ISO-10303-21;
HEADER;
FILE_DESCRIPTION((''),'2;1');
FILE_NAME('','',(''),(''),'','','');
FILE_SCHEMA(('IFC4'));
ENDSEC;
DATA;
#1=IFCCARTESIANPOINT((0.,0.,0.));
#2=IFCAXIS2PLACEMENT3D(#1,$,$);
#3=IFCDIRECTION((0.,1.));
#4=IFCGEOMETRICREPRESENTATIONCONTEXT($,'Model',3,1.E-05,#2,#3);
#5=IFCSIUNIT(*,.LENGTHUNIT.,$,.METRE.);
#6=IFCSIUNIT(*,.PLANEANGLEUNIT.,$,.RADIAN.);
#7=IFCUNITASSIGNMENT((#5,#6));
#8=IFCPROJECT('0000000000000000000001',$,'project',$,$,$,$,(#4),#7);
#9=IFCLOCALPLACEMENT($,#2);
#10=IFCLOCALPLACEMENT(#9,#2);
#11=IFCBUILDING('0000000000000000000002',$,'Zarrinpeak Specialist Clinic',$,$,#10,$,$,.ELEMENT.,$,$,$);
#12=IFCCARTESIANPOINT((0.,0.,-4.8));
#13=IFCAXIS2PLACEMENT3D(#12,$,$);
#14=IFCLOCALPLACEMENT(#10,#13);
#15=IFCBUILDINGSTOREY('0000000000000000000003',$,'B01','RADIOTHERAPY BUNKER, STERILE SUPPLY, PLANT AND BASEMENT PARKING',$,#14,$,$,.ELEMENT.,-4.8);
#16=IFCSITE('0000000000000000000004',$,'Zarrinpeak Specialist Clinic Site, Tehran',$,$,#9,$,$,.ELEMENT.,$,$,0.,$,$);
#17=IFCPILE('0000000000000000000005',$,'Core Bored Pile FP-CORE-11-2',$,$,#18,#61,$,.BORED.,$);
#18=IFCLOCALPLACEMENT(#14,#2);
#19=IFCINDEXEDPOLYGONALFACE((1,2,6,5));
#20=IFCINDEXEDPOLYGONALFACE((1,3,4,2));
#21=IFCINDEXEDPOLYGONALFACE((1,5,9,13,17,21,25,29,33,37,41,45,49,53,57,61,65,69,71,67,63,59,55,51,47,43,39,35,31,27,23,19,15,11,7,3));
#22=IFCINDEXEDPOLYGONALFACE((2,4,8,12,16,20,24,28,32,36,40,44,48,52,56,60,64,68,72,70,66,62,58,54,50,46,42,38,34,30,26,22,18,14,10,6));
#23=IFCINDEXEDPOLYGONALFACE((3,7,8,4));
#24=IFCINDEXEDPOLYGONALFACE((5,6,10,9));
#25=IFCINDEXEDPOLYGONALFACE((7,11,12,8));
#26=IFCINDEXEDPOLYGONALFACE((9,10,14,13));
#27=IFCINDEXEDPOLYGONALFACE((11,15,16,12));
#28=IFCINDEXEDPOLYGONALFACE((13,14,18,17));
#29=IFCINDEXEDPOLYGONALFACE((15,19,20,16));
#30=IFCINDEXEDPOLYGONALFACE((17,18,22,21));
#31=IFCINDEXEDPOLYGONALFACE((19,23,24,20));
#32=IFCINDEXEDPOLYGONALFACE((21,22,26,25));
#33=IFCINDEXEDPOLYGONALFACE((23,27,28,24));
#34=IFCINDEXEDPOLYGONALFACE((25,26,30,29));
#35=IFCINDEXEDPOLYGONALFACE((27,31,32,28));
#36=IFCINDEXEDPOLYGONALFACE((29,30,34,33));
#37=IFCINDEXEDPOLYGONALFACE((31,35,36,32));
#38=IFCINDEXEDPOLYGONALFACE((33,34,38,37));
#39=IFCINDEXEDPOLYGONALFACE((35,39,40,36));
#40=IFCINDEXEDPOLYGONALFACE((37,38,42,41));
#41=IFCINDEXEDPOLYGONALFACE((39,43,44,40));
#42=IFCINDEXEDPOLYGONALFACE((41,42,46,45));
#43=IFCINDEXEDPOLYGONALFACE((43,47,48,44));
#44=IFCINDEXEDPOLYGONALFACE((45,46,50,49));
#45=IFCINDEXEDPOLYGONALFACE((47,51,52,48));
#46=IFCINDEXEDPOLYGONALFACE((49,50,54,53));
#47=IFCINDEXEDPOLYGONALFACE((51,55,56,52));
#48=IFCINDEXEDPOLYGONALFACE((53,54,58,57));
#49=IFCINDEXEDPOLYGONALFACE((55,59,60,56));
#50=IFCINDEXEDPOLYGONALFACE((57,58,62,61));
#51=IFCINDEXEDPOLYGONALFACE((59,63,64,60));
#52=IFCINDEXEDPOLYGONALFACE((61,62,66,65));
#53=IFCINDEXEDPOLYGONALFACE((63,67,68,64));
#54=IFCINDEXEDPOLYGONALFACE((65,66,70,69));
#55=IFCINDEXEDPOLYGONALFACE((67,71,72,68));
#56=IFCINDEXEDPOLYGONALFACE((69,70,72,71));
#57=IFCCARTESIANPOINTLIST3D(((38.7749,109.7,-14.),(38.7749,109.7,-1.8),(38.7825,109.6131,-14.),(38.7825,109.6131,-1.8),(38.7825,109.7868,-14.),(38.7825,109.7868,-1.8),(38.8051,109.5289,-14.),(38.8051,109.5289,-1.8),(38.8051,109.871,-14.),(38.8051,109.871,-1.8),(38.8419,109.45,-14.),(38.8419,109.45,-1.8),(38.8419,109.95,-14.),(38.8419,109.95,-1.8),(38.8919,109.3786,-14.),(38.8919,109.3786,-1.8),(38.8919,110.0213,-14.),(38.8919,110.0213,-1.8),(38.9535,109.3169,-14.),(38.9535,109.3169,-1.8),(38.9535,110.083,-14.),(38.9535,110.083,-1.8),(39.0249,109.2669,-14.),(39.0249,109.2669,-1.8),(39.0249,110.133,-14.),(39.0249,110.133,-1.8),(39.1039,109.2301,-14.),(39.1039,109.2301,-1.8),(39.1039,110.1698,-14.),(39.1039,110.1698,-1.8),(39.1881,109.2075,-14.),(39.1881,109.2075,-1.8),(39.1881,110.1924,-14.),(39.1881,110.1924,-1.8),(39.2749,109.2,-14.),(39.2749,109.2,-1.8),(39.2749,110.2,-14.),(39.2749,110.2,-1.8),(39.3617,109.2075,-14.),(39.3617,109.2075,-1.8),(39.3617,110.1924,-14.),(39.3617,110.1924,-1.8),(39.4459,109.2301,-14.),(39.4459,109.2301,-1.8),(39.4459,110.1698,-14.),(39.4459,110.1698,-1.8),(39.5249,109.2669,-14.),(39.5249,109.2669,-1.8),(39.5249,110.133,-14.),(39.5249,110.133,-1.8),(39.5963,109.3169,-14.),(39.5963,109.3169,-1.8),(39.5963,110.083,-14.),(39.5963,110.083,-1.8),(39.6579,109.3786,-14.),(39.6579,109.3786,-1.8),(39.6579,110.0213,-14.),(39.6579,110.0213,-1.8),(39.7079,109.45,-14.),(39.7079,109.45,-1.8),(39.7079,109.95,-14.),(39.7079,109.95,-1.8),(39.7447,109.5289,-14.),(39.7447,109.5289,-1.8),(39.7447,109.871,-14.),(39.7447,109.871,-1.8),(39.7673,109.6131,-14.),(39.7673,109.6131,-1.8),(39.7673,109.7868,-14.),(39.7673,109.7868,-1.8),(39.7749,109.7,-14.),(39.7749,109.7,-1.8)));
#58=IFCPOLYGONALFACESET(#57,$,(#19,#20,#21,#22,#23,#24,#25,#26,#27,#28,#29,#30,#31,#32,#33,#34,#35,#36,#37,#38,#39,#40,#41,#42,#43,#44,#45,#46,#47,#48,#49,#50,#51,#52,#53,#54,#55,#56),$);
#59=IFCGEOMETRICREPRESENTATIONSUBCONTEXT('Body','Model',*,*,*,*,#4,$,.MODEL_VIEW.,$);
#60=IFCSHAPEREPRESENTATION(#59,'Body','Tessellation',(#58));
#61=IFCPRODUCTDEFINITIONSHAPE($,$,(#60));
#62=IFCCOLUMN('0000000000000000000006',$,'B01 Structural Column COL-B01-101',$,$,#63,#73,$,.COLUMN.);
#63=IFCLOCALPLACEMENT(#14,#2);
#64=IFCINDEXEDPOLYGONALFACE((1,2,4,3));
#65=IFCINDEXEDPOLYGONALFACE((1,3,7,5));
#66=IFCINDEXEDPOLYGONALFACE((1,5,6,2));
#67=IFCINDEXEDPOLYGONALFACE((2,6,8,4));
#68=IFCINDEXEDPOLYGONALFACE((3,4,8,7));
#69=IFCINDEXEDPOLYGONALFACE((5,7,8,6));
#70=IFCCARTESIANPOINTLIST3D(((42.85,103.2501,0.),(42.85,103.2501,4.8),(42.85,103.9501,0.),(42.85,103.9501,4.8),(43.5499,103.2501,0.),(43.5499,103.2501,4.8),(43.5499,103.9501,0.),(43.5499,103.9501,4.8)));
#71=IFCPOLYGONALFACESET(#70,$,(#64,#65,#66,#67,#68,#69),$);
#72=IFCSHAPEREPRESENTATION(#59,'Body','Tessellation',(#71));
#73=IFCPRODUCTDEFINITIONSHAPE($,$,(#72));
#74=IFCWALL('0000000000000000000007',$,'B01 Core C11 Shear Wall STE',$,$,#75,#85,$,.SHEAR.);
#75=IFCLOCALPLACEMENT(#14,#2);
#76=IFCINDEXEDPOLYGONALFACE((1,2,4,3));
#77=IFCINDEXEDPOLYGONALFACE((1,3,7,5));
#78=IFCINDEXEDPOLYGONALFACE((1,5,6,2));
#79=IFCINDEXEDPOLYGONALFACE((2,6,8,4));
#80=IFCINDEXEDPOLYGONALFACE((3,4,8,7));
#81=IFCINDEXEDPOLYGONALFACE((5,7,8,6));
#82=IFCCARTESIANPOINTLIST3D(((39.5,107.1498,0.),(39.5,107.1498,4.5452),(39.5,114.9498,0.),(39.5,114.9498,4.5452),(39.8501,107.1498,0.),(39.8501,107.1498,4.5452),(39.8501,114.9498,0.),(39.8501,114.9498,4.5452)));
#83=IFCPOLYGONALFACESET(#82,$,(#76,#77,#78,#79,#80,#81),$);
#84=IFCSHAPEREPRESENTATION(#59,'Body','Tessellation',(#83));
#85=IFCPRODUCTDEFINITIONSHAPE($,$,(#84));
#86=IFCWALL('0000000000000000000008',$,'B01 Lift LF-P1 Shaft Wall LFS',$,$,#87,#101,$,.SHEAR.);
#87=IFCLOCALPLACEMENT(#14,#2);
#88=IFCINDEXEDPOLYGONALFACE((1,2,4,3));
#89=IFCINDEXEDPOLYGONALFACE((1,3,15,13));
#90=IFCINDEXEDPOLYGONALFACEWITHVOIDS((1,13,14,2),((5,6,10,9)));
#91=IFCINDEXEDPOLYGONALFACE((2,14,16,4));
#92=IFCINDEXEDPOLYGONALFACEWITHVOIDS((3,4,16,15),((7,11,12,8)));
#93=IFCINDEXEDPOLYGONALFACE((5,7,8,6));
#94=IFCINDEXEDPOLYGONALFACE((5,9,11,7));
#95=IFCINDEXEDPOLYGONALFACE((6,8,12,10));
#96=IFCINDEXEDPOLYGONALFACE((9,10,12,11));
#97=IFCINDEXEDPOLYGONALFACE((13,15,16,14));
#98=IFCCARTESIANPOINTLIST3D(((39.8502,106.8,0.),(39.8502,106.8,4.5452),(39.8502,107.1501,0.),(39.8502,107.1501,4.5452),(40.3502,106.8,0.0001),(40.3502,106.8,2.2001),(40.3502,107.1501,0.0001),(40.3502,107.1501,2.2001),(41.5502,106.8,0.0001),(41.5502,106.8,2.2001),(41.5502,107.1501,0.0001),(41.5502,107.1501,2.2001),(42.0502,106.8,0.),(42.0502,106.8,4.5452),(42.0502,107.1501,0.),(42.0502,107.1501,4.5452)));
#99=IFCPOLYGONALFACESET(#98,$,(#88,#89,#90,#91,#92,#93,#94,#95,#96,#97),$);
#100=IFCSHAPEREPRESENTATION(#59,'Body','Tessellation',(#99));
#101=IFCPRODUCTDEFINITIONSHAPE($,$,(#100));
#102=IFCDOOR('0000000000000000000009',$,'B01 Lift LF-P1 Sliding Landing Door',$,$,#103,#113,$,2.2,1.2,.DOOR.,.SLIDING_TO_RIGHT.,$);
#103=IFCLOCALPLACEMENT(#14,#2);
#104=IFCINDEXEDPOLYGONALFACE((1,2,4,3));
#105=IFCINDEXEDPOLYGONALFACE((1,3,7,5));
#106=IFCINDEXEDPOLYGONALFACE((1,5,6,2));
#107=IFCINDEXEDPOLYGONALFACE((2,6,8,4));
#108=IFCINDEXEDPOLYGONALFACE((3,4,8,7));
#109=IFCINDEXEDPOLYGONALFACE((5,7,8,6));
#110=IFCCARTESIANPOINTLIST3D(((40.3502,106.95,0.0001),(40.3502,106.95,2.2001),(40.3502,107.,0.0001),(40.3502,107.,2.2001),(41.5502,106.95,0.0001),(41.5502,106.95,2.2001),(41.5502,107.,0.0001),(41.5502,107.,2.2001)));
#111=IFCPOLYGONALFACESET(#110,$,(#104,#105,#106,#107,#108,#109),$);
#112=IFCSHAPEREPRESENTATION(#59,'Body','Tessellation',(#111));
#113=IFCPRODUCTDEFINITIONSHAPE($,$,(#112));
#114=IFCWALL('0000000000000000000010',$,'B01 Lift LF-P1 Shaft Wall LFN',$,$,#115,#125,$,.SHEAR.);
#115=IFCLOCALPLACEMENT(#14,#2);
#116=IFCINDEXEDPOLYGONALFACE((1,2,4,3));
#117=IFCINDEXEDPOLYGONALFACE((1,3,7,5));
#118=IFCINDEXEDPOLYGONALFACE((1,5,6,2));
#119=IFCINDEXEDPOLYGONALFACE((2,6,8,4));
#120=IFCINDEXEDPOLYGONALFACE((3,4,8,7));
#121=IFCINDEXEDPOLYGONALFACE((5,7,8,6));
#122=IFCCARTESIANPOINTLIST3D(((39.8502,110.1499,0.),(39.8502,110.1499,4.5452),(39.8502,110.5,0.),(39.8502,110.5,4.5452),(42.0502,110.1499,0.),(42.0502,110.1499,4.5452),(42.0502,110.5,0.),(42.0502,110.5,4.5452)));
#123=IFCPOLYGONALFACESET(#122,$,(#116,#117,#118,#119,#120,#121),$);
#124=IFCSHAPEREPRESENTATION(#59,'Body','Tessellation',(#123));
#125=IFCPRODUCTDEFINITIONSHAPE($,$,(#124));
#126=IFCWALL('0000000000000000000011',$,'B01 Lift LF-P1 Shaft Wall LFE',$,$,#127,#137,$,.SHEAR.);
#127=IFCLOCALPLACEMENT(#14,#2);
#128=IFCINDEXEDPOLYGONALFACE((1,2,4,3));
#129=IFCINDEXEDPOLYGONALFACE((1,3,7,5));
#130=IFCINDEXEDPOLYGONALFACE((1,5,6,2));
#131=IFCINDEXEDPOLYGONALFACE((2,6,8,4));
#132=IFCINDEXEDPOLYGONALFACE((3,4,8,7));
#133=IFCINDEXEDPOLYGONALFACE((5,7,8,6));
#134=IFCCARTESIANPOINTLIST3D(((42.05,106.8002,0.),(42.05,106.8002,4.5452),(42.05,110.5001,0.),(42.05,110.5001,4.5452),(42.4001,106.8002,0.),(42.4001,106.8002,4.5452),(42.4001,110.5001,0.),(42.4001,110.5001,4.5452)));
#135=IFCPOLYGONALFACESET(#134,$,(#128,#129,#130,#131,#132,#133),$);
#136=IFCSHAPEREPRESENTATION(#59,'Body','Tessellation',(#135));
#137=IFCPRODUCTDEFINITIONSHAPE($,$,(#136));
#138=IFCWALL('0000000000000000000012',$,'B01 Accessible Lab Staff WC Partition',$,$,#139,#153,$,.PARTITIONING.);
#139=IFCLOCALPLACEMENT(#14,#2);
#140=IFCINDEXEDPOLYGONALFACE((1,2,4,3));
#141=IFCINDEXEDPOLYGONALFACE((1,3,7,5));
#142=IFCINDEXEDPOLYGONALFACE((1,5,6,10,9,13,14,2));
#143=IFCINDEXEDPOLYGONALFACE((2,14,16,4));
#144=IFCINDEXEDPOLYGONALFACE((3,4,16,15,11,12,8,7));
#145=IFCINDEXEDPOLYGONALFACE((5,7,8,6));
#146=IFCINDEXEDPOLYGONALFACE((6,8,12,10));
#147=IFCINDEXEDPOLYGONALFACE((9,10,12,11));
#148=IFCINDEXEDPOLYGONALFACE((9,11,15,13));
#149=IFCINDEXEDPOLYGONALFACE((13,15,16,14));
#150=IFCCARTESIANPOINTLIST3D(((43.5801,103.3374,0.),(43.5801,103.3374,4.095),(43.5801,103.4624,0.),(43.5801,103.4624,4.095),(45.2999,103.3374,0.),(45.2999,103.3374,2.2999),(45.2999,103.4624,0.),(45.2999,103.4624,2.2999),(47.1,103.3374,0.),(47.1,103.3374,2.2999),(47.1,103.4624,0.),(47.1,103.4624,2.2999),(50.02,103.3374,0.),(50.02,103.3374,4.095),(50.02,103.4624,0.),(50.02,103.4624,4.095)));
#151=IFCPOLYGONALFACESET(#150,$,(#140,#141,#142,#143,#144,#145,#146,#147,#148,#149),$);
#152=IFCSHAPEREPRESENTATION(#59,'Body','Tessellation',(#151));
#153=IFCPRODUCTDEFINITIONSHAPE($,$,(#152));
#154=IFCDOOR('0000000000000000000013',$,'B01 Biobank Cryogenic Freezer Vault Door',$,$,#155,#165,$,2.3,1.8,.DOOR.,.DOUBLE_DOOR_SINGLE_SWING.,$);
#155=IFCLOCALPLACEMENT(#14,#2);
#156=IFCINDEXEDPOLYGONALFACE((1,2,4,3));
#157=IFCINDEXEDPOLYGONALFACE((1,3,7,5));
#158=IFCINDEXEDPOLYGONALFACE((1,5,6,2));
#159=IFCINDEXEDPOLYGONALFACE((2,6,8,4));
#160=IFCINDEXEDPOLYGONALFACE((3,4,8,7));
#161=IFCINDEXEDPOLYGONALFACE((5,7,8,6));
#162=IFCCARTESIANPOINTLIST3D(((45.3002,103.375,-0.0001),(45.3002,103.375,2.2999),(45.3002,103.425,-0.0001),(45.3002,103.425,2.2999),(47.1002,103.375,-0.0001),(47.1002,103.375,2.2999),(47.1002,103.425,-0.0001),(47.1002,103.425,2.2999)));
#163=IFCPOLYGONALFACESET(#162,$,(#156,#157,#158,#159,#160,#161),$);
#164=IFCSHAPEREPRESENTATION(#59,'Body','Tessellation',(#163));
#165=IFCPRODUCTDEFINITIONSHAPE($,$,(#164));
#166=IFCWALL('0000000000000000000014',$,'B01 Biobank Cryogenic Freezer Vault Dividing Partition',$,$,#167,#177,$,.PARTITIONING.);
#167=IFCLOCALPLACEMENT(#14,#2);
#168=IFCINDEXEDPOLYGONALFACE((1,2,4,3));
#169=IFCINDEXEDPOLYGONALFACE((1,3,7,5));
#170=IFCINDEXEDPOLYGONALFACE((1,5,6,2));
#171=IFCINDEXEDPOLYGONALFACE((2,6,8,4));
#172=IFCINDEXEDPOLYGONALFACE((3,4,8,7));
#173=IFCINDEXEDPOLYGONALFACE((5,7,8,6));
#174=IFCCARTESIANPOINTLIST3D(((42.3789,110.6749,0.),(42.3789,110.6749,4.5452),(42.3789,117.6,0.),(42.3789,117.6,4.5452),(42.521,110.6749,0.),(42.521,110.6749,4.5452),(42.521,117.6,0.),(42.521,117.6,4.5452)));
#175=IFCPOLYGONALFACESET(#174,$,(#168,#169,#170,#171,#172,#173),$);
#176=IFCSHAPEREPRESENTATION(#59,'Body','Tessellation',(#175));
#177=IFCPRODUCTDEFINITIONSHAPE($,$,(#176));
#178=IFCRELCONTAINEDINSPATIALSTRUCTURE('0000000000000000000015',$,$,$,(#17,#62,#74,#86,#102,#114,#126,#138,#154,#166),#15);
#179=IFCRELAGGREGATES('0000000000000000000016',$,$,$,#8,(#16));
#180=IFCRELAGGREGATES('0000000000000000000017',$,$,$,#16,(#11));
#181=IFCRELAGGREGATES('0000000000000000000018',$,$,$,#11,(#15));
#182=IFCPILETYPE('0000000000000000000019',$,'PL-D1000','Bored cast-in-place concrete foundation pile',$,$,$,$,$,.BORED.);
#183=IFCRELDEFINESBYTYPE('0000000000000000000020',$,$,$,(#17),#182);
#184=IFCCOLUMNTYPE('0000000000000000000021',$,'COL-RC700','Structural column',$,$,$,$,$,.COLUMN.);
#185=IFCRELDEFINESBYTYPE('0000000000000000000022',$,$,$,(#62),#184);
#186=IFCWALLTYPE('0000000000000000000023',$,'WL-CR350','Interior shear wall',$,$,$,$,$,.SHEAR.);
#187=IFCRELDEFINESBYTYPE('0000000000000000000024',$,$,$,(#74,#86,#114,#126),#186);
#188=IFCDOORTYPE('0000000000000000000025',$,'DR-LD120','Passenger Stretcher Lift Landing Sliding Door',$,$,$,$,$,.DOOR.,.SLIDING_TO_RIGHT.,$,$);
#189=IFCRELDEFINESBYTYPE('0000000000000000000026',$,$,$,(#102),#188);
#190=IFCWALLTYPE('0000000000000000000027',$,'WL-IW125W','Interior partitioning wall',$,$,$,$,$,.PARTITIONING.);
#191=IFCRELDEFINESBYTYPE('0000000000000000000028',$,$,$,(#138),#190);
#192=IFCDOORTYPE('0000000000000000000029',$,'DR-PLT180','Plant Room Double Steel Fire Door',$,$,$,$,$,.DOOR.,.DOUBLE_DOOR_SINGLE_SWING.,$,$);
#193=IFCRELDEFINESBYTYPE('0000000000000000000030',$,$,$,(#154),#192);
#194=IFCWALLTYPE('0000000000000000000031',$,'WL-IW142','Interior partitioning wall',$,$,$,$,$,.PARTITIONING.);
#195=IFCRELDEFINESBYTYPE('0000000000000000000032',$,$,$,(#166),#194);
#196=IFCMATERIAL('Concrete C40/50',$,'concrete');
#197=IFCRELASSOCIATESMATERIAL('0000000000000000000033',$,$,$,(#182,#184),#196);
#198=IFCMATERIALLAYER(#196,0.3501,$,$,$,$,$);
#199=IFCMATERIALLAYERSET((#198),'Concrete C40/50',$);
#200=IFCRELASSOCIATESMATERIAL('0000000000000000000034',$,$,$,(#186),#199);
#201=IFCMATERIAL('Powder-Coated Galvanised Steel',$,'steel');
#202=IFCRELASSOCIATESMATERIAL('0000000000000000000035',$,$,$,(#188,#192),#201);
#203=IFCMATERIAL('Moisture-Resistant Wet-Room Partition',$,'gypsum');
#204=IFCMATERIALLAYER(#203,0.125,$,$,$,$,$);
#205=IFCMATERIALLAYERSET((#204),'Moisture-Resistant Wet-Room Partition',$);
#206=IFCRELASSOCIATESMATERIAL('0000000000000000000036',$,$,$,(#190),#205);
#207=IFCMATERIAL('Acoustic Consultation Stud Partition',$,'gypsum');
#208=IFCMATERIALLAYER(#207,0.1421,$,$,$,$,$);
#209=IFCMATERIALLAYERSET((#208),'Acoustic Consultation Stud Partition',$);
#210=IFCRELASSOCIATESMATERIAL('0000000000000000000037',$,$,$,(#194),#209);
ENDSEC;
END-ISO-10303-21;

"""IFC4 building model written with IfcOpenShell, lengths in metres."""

from ifc_helpers import new_model, si_unit, direction, frame, frame_2d, origin, origin_2d, place, context, subcontext, project, spatial, rectangle, circle, extrude, material, layer, layer_set, material_profile, profile_set, type_object, element, fill, save


model = new_model("IFC4")

# Units and contexts
model_context = context("Model", 3, precision=1e-05, world=origin(), true_north=direction((0.0, 1.0)))
body_context = subcontext(model_context, "Body", "Model", "MODEL_VIEW")
ifc_project = project(units=[si_unit("LENGTHUNIT", "METRE"), si_unit("PLANEANGLEUNIT", "RADIAN")], contexts=[model_context])

# Site, building, storey
site_placement = place(None, origin())
site = spatial("IfcSite", under=ifc_project, at=site_placement, Name="Zarrinpeak Specialist Clinic Site, Tehran", CompositionType="ELEMENT", RefElevation=0.0)
building_placement = place(site_placement, origin())
building = spatial("IfcBuilding", under=site, at=building_placement, Name="Zarrinpeak Specialist Clinic", CompositionType="ELEMENT")
storey_placement = place(building_placement, frame((0.0, 0.0, -4.8)))
storey = spatial("IfcBuildingStorey", under=building, at=storey_placement, Name="B01", Description="RADIOTHERAPY BUNKER, STERILE SUPPLY, PLANT AND BASEMENT PARKING", CompositionType="ELEMENT", Elevation=-4.8)

# Shared definitions
ifc_material_1 = material(Name="Concrete C40/50", Category="concrete")

# Pile
ifc_material_profile_1 = material_profile(ifc_material_1, circle(Radius=0.5, at=origin_2d()), Name="BORED PILE D1000")
ifc_profile_set_1 = profile_set([ifc_material_profile_1], Name="Concrete C40/50")
pile_type = type_object("IfcPileType", Name="PL-D1000", Description="Bored cast-in-place concrete foundation pile", PredefinedType="BORED", material=ifc_profile_set_1)
for number, where, z_axis, x_axis, name in (
    (1, (39.2749, 109.7, -1.8), (0.0, 0.0, -1.0), (1.0, 0.0, 0.0), "Core Bored Pile FP-CORE-11-2"),
):
    element("IfcPile", number, at=place(storey_placement, frame(where, z_axis=z_axis, x_axis=x_axis)), inside=storey, type_object=pile_type, Name=name, PredefinedType="BORED", context=body_context, shape_type="SweptSolid", body=[
        extrude(circle(Radius=0.5, at=origin_2d()), origin(), (0.0, 0.0, 1.0), 12.2),
    ])

# Column
ifc_material_profile_2 = material_profile(ifc_material_1, rectangle(XDim=0.7, YDim=0.7, at=origin_2d()), Name="RC 700x700")
ifc_profile_set_2 = profile_set([ifc_material_profile_2], Name="Concrete C40/50")
column_type = type_object("IfcColumnType", Name="COL-RC700", Description="Structural column", PredefinedType="COLUMN", material=ifc_profile_set_2)
column_placement = place(storey_placement, frame((43.2, 103.6001, 0.0), z_axis=(0.0, 0.0, 1.0), x_axis=(1.0, 0.0, 0.0)))
element("IfcColumn", 2, at=column_placement, inside=storey, type_object=column_type, Name="B01 Structural Column COL-B01-101", PredefinedType="COLUMN", context=body_context, shape_type="SweptSolid", body=[
    extrude(rectangle(XDim=0.7, YDim=0.7, at=origin_2d()), origin(), (0.0, 0.0, 1.0), 4.8),
])

# Wall
ifc_layer_1 = layer(ifc_material_1, 0.3501)
ifc_layer_set_1 = layer_set([ifc_layer_1], Name="Concrete C40/50")
wall_type_1 = type_object("IfcWallType", Name="WL-CR350", Description="Interior shear wall", PredefinedType="SHEAR", material=ifc_layer_set_1)
wall_1_placement = place(storey_placement, frame((39.675, 107.1499, 0.0), z_axis=(0.0, 0.0, 1.0), x_axis=(0.0, 1.0, 0.0)))
element("IfcWall", 3, at=wall_1_placement, inside=storey, type_object=wall_type_1, Name="B01 Core C11 Shear Wall STE", PredefinedType="SHEAR", context=body_context, shape_type="SweptSolid", body=[
    extrude(rectangle(XDim=7.8, YDim=0.3501, at=frame_2d((3.8999, 0.0))), origin(), (0.0, 0.0, 1.0), 4.5452),
])

# Wall, opening, door
wall_2_placement = place(storey_placement, frame((39.8501, 106.9751, 0.0), z_axis=(0.0, 0.0, 1.0), x_axis=(1.0, 0.0, 0.0)))
wall_2 = element("IfcWall", 4, at=wall_2_placement, inside=storey, type_object=wall_type_1, Name="B01 Lift LF-P1 Shaft Wall LFS", PredefinedType="SHEAR", context=body_context, shape_type="SweptSolid", body=[
    extrude(rectangle(XDim=2.2, YDim=0.3501, at=frame_2d((1.1001, 0.0))), origin(), (0.0, 0.0, 1.0), 4.5452),
])
opening_1_placement = place(wall_2_placement, frame((0.5, 0.0, 0.0)))
opening_1 = element("IfcOpeningElement", 5, at=opening_1_placement, cuts=wall_2, PredefinedType="OPENING", context=body_context, shape_type="SweptSolid", body=[
    extrude(rectangle(XDim=1.2, YDim=2.2, at=frame_2d((0.6001, 1.1001))), frame((0.0, 0.1851, 0.0), z_axis=(0.0, -1.0, 0.0), x_axis=(1.0, 0.0, 0.0)), (0.0, 0.0, 1.0), 0.3701),
])
ifc_material_2 = material(Name="Powder-Coated Galvanised Steel", Category="steel")
door_type_1 = type_object("IfcDoorType", Name="DR-LD120", Description="Passenger Stretcher Lift Landing Sliding Door", OperationType="SLIDING_TO_RIGHT", PredefinedType="DOOR", material=ifc_material_2)
door_1_placement = place(opening_1_placement, origin())
door_1 = element("IfcDoor", 6, at=door_1_placement, inside=storey, type_object=door_type_1, Name="B01 Lift LF-P1 Sliding Landing Door", OperationType="SLIDING_TO_RIGHT", OverallHeight=2.2, OverallWidth=1.2, PredefinedType="DOOR", context=body_context, shape_type="SweptSolid", body=[
    extrude(rectangle(XDim=1.2, YDim=2.2, at=frame_2d((0.6001, 1.1001))), frame((0.0, 0.0249, 0.0), z_axis=(0.0, -1.0, 0.0), x_axis=(1.0, 0.0, 0.0)), (0.0, 0.0, 1.0), 0.05),
])
fill(opening_1, door_1)

# Walls
wall_3_placement = place(storey_placement, frame((39.8501, 110.325, 0.0), z_axis=(0.0, 0.0, 1.0), x_axis=(1.0, 0.0, 0.0)))
element("IfcWall", 7, at=wall_3_placement, inside=storey, type_object=wall_type_1, Name="B01 Lift LF-P1 Shaft Wall LFN", PredefinedType="SHEAR", context=body_context, shape_type="SweptSolid", body=[
    extrude(rectangle(XDim=2.2, YDim=0.3501, at=frame_2d((1.1001, 0.0))), origin(), (0.0, 0.0, 1.0), 4.5452),
])
wall_4_placement = place(storey_placement, frame((42.2251, 106.8, 0.0), z_axis=(0.0, 0.0, 1.0), x_axis=(0.0, 1.0, 0.0)))
element("IfcWall", 8, at=wall_4_placement, inside=storey, type_object=wall_type_1, Name="B01 Lift LF-P1 Shaft Wall LFE", PredefinedType="SHEAR", context=body_context, shape_type="SweptSolid", body=[
    extrude(rectangle(XDim=3.7, YDim=0.3501, at=frame_2d((1.8501, 0.0))), origin(), (0.0, 0.0, 1.0), 4.5452),
])

# Wall, opening, door
ifc_material_3 = material(Name="Moisture-Resistant Wet-Room Partition", Category="gypsum")
ifc_layer_2 = layer(ifc_material_3, 0.125)
ifc_layer_set_2 = layer_set([ifc_layer_2], Name="Moisture-Resistant Wet-Room Partition")
wall_type_2 = type_object("IfcWallType", Name="WL-IW125W", Description="Interior partitioning wall", PredefinedType="PARTITIONING", material=ifc_layer_set_2)
wall_5_placement = place(storey_placement, frame((43.5801, 103.3999, 0.0), z_axis=(0.0, 0.0, 1.0), x_axis=(1.0, 0.0, 0.0)))
wall_5 = element("IfcWall", 9, at=wall_5_placement, inside=storey, type_object=wall_type_2, Name="B01 Accessible Lab Staff WC Partition", PredefinedType="PARTITIONING", context=body_context, shape_type="SweptSolid", body=[
    extrude(rectangle(XDim=6.4399, YDim=0.125, at=frame_2d((3.22, 0.0))), origin(), (0.0, 0.0, 1.0), 4.095),
])
opening_2_placement = place(wall_5_placement, frame((1.72, 0.0, 0.0)))
opening_2 = element("IfcOpeningElement", 10, at=opening_2_placement, cuts=wall_5, PredefinedType="OPENING", context=body_context, shape_type="SweptSolid", body=[
    extrude(rectangle(XDim=1.8, YDim=2.3, at=frame_2d((0.8999, 1.1499))), frame((0.0, 0.0725, 0.0), z_axis=(0.0, -1.0, 0.0), x_axis=(1.0, 0.0, 0.0)), (0.0, 0.0, 1.0), 0.145),
])
door_type_2 = type_object("IfcDoorType", Name="DR-PLT180", Description="Plant Room Double Steel Fire Door", OperationType="DOUBLE_DOOR_SINGLE_SWING", PredefinedType="DOOR", material=ifc_material_2)
door_2_placement = place(opening_2_placement, frame((1.8, 0.0, 0.0), z_axis=(0.0, 0.0, 1.0), x_axis=(-1.0, 0.0, 0.0)))
door_2 = element("IfcDoor", 11, at=door_2_placement, inside=storey, type_object=door_type_2, Name="B01 Biobank Cryogenic Freezer Vault Door", OperationType="DOUBLE_DOOR_SINGLE_SWING", OverallHeight=2.3, OverallWidth=1.8, PredefinedType="DOOR", context=body_context, shape_type="SweptSolid", body=[
    extrude(rectangle(XDim=1.8, YDim=2.3, at=frame_2d((0.8999, 1.1499))), frame((0.0, 0.0249, 0.0), z_axis=(0.0, -1.0, 0.0), x_axis=(1.0, 0.0, 0.0)), (0.0, 0.0, 1.0), 0.05),
])
fill(opening_2, door_2)

# Wall
ifc_material_4 = material(Name="Acoustic Consultation Stud Partition", Category="gypsum")
ifc_layer_3 = layer(ifc_material_4, 0.1421)
ifc_layer_set_3 = layer_set([ifc_layer_3], Name="Acoustic Consultation Stud Partition")
wall_type_3 = type_object("IfcWallType", Name="WL-IW142", Description="Interior partitioning wall", PredefinedType="PARTITIONING", material=ifc_layer_set_3)
wall_6_placement = place(storey_placement, frame((42.45, 110.675, 0.0), z_axis=(0.0, 0.0, 1.0), x_axis=(0.0, 1.0, 0.0)))
element("IfcWall", 12, at=wall_6_placement, inside=storey, type_object=wall_type_3, Name="B01 Biobank Cryogenic Freezer Vault Dividing Partition", PredefinedType="PARTITIONING", context=body_context, shape_type="SweptSolid", body=[
    extrude(rectangle(XDim=6.925, YDim=0.1421, at=frame_2d((3.4624, 0.0))), origin(), (0.0, 0.0, 1.0), 4.5452),
])

save(model, "model.ifc")
